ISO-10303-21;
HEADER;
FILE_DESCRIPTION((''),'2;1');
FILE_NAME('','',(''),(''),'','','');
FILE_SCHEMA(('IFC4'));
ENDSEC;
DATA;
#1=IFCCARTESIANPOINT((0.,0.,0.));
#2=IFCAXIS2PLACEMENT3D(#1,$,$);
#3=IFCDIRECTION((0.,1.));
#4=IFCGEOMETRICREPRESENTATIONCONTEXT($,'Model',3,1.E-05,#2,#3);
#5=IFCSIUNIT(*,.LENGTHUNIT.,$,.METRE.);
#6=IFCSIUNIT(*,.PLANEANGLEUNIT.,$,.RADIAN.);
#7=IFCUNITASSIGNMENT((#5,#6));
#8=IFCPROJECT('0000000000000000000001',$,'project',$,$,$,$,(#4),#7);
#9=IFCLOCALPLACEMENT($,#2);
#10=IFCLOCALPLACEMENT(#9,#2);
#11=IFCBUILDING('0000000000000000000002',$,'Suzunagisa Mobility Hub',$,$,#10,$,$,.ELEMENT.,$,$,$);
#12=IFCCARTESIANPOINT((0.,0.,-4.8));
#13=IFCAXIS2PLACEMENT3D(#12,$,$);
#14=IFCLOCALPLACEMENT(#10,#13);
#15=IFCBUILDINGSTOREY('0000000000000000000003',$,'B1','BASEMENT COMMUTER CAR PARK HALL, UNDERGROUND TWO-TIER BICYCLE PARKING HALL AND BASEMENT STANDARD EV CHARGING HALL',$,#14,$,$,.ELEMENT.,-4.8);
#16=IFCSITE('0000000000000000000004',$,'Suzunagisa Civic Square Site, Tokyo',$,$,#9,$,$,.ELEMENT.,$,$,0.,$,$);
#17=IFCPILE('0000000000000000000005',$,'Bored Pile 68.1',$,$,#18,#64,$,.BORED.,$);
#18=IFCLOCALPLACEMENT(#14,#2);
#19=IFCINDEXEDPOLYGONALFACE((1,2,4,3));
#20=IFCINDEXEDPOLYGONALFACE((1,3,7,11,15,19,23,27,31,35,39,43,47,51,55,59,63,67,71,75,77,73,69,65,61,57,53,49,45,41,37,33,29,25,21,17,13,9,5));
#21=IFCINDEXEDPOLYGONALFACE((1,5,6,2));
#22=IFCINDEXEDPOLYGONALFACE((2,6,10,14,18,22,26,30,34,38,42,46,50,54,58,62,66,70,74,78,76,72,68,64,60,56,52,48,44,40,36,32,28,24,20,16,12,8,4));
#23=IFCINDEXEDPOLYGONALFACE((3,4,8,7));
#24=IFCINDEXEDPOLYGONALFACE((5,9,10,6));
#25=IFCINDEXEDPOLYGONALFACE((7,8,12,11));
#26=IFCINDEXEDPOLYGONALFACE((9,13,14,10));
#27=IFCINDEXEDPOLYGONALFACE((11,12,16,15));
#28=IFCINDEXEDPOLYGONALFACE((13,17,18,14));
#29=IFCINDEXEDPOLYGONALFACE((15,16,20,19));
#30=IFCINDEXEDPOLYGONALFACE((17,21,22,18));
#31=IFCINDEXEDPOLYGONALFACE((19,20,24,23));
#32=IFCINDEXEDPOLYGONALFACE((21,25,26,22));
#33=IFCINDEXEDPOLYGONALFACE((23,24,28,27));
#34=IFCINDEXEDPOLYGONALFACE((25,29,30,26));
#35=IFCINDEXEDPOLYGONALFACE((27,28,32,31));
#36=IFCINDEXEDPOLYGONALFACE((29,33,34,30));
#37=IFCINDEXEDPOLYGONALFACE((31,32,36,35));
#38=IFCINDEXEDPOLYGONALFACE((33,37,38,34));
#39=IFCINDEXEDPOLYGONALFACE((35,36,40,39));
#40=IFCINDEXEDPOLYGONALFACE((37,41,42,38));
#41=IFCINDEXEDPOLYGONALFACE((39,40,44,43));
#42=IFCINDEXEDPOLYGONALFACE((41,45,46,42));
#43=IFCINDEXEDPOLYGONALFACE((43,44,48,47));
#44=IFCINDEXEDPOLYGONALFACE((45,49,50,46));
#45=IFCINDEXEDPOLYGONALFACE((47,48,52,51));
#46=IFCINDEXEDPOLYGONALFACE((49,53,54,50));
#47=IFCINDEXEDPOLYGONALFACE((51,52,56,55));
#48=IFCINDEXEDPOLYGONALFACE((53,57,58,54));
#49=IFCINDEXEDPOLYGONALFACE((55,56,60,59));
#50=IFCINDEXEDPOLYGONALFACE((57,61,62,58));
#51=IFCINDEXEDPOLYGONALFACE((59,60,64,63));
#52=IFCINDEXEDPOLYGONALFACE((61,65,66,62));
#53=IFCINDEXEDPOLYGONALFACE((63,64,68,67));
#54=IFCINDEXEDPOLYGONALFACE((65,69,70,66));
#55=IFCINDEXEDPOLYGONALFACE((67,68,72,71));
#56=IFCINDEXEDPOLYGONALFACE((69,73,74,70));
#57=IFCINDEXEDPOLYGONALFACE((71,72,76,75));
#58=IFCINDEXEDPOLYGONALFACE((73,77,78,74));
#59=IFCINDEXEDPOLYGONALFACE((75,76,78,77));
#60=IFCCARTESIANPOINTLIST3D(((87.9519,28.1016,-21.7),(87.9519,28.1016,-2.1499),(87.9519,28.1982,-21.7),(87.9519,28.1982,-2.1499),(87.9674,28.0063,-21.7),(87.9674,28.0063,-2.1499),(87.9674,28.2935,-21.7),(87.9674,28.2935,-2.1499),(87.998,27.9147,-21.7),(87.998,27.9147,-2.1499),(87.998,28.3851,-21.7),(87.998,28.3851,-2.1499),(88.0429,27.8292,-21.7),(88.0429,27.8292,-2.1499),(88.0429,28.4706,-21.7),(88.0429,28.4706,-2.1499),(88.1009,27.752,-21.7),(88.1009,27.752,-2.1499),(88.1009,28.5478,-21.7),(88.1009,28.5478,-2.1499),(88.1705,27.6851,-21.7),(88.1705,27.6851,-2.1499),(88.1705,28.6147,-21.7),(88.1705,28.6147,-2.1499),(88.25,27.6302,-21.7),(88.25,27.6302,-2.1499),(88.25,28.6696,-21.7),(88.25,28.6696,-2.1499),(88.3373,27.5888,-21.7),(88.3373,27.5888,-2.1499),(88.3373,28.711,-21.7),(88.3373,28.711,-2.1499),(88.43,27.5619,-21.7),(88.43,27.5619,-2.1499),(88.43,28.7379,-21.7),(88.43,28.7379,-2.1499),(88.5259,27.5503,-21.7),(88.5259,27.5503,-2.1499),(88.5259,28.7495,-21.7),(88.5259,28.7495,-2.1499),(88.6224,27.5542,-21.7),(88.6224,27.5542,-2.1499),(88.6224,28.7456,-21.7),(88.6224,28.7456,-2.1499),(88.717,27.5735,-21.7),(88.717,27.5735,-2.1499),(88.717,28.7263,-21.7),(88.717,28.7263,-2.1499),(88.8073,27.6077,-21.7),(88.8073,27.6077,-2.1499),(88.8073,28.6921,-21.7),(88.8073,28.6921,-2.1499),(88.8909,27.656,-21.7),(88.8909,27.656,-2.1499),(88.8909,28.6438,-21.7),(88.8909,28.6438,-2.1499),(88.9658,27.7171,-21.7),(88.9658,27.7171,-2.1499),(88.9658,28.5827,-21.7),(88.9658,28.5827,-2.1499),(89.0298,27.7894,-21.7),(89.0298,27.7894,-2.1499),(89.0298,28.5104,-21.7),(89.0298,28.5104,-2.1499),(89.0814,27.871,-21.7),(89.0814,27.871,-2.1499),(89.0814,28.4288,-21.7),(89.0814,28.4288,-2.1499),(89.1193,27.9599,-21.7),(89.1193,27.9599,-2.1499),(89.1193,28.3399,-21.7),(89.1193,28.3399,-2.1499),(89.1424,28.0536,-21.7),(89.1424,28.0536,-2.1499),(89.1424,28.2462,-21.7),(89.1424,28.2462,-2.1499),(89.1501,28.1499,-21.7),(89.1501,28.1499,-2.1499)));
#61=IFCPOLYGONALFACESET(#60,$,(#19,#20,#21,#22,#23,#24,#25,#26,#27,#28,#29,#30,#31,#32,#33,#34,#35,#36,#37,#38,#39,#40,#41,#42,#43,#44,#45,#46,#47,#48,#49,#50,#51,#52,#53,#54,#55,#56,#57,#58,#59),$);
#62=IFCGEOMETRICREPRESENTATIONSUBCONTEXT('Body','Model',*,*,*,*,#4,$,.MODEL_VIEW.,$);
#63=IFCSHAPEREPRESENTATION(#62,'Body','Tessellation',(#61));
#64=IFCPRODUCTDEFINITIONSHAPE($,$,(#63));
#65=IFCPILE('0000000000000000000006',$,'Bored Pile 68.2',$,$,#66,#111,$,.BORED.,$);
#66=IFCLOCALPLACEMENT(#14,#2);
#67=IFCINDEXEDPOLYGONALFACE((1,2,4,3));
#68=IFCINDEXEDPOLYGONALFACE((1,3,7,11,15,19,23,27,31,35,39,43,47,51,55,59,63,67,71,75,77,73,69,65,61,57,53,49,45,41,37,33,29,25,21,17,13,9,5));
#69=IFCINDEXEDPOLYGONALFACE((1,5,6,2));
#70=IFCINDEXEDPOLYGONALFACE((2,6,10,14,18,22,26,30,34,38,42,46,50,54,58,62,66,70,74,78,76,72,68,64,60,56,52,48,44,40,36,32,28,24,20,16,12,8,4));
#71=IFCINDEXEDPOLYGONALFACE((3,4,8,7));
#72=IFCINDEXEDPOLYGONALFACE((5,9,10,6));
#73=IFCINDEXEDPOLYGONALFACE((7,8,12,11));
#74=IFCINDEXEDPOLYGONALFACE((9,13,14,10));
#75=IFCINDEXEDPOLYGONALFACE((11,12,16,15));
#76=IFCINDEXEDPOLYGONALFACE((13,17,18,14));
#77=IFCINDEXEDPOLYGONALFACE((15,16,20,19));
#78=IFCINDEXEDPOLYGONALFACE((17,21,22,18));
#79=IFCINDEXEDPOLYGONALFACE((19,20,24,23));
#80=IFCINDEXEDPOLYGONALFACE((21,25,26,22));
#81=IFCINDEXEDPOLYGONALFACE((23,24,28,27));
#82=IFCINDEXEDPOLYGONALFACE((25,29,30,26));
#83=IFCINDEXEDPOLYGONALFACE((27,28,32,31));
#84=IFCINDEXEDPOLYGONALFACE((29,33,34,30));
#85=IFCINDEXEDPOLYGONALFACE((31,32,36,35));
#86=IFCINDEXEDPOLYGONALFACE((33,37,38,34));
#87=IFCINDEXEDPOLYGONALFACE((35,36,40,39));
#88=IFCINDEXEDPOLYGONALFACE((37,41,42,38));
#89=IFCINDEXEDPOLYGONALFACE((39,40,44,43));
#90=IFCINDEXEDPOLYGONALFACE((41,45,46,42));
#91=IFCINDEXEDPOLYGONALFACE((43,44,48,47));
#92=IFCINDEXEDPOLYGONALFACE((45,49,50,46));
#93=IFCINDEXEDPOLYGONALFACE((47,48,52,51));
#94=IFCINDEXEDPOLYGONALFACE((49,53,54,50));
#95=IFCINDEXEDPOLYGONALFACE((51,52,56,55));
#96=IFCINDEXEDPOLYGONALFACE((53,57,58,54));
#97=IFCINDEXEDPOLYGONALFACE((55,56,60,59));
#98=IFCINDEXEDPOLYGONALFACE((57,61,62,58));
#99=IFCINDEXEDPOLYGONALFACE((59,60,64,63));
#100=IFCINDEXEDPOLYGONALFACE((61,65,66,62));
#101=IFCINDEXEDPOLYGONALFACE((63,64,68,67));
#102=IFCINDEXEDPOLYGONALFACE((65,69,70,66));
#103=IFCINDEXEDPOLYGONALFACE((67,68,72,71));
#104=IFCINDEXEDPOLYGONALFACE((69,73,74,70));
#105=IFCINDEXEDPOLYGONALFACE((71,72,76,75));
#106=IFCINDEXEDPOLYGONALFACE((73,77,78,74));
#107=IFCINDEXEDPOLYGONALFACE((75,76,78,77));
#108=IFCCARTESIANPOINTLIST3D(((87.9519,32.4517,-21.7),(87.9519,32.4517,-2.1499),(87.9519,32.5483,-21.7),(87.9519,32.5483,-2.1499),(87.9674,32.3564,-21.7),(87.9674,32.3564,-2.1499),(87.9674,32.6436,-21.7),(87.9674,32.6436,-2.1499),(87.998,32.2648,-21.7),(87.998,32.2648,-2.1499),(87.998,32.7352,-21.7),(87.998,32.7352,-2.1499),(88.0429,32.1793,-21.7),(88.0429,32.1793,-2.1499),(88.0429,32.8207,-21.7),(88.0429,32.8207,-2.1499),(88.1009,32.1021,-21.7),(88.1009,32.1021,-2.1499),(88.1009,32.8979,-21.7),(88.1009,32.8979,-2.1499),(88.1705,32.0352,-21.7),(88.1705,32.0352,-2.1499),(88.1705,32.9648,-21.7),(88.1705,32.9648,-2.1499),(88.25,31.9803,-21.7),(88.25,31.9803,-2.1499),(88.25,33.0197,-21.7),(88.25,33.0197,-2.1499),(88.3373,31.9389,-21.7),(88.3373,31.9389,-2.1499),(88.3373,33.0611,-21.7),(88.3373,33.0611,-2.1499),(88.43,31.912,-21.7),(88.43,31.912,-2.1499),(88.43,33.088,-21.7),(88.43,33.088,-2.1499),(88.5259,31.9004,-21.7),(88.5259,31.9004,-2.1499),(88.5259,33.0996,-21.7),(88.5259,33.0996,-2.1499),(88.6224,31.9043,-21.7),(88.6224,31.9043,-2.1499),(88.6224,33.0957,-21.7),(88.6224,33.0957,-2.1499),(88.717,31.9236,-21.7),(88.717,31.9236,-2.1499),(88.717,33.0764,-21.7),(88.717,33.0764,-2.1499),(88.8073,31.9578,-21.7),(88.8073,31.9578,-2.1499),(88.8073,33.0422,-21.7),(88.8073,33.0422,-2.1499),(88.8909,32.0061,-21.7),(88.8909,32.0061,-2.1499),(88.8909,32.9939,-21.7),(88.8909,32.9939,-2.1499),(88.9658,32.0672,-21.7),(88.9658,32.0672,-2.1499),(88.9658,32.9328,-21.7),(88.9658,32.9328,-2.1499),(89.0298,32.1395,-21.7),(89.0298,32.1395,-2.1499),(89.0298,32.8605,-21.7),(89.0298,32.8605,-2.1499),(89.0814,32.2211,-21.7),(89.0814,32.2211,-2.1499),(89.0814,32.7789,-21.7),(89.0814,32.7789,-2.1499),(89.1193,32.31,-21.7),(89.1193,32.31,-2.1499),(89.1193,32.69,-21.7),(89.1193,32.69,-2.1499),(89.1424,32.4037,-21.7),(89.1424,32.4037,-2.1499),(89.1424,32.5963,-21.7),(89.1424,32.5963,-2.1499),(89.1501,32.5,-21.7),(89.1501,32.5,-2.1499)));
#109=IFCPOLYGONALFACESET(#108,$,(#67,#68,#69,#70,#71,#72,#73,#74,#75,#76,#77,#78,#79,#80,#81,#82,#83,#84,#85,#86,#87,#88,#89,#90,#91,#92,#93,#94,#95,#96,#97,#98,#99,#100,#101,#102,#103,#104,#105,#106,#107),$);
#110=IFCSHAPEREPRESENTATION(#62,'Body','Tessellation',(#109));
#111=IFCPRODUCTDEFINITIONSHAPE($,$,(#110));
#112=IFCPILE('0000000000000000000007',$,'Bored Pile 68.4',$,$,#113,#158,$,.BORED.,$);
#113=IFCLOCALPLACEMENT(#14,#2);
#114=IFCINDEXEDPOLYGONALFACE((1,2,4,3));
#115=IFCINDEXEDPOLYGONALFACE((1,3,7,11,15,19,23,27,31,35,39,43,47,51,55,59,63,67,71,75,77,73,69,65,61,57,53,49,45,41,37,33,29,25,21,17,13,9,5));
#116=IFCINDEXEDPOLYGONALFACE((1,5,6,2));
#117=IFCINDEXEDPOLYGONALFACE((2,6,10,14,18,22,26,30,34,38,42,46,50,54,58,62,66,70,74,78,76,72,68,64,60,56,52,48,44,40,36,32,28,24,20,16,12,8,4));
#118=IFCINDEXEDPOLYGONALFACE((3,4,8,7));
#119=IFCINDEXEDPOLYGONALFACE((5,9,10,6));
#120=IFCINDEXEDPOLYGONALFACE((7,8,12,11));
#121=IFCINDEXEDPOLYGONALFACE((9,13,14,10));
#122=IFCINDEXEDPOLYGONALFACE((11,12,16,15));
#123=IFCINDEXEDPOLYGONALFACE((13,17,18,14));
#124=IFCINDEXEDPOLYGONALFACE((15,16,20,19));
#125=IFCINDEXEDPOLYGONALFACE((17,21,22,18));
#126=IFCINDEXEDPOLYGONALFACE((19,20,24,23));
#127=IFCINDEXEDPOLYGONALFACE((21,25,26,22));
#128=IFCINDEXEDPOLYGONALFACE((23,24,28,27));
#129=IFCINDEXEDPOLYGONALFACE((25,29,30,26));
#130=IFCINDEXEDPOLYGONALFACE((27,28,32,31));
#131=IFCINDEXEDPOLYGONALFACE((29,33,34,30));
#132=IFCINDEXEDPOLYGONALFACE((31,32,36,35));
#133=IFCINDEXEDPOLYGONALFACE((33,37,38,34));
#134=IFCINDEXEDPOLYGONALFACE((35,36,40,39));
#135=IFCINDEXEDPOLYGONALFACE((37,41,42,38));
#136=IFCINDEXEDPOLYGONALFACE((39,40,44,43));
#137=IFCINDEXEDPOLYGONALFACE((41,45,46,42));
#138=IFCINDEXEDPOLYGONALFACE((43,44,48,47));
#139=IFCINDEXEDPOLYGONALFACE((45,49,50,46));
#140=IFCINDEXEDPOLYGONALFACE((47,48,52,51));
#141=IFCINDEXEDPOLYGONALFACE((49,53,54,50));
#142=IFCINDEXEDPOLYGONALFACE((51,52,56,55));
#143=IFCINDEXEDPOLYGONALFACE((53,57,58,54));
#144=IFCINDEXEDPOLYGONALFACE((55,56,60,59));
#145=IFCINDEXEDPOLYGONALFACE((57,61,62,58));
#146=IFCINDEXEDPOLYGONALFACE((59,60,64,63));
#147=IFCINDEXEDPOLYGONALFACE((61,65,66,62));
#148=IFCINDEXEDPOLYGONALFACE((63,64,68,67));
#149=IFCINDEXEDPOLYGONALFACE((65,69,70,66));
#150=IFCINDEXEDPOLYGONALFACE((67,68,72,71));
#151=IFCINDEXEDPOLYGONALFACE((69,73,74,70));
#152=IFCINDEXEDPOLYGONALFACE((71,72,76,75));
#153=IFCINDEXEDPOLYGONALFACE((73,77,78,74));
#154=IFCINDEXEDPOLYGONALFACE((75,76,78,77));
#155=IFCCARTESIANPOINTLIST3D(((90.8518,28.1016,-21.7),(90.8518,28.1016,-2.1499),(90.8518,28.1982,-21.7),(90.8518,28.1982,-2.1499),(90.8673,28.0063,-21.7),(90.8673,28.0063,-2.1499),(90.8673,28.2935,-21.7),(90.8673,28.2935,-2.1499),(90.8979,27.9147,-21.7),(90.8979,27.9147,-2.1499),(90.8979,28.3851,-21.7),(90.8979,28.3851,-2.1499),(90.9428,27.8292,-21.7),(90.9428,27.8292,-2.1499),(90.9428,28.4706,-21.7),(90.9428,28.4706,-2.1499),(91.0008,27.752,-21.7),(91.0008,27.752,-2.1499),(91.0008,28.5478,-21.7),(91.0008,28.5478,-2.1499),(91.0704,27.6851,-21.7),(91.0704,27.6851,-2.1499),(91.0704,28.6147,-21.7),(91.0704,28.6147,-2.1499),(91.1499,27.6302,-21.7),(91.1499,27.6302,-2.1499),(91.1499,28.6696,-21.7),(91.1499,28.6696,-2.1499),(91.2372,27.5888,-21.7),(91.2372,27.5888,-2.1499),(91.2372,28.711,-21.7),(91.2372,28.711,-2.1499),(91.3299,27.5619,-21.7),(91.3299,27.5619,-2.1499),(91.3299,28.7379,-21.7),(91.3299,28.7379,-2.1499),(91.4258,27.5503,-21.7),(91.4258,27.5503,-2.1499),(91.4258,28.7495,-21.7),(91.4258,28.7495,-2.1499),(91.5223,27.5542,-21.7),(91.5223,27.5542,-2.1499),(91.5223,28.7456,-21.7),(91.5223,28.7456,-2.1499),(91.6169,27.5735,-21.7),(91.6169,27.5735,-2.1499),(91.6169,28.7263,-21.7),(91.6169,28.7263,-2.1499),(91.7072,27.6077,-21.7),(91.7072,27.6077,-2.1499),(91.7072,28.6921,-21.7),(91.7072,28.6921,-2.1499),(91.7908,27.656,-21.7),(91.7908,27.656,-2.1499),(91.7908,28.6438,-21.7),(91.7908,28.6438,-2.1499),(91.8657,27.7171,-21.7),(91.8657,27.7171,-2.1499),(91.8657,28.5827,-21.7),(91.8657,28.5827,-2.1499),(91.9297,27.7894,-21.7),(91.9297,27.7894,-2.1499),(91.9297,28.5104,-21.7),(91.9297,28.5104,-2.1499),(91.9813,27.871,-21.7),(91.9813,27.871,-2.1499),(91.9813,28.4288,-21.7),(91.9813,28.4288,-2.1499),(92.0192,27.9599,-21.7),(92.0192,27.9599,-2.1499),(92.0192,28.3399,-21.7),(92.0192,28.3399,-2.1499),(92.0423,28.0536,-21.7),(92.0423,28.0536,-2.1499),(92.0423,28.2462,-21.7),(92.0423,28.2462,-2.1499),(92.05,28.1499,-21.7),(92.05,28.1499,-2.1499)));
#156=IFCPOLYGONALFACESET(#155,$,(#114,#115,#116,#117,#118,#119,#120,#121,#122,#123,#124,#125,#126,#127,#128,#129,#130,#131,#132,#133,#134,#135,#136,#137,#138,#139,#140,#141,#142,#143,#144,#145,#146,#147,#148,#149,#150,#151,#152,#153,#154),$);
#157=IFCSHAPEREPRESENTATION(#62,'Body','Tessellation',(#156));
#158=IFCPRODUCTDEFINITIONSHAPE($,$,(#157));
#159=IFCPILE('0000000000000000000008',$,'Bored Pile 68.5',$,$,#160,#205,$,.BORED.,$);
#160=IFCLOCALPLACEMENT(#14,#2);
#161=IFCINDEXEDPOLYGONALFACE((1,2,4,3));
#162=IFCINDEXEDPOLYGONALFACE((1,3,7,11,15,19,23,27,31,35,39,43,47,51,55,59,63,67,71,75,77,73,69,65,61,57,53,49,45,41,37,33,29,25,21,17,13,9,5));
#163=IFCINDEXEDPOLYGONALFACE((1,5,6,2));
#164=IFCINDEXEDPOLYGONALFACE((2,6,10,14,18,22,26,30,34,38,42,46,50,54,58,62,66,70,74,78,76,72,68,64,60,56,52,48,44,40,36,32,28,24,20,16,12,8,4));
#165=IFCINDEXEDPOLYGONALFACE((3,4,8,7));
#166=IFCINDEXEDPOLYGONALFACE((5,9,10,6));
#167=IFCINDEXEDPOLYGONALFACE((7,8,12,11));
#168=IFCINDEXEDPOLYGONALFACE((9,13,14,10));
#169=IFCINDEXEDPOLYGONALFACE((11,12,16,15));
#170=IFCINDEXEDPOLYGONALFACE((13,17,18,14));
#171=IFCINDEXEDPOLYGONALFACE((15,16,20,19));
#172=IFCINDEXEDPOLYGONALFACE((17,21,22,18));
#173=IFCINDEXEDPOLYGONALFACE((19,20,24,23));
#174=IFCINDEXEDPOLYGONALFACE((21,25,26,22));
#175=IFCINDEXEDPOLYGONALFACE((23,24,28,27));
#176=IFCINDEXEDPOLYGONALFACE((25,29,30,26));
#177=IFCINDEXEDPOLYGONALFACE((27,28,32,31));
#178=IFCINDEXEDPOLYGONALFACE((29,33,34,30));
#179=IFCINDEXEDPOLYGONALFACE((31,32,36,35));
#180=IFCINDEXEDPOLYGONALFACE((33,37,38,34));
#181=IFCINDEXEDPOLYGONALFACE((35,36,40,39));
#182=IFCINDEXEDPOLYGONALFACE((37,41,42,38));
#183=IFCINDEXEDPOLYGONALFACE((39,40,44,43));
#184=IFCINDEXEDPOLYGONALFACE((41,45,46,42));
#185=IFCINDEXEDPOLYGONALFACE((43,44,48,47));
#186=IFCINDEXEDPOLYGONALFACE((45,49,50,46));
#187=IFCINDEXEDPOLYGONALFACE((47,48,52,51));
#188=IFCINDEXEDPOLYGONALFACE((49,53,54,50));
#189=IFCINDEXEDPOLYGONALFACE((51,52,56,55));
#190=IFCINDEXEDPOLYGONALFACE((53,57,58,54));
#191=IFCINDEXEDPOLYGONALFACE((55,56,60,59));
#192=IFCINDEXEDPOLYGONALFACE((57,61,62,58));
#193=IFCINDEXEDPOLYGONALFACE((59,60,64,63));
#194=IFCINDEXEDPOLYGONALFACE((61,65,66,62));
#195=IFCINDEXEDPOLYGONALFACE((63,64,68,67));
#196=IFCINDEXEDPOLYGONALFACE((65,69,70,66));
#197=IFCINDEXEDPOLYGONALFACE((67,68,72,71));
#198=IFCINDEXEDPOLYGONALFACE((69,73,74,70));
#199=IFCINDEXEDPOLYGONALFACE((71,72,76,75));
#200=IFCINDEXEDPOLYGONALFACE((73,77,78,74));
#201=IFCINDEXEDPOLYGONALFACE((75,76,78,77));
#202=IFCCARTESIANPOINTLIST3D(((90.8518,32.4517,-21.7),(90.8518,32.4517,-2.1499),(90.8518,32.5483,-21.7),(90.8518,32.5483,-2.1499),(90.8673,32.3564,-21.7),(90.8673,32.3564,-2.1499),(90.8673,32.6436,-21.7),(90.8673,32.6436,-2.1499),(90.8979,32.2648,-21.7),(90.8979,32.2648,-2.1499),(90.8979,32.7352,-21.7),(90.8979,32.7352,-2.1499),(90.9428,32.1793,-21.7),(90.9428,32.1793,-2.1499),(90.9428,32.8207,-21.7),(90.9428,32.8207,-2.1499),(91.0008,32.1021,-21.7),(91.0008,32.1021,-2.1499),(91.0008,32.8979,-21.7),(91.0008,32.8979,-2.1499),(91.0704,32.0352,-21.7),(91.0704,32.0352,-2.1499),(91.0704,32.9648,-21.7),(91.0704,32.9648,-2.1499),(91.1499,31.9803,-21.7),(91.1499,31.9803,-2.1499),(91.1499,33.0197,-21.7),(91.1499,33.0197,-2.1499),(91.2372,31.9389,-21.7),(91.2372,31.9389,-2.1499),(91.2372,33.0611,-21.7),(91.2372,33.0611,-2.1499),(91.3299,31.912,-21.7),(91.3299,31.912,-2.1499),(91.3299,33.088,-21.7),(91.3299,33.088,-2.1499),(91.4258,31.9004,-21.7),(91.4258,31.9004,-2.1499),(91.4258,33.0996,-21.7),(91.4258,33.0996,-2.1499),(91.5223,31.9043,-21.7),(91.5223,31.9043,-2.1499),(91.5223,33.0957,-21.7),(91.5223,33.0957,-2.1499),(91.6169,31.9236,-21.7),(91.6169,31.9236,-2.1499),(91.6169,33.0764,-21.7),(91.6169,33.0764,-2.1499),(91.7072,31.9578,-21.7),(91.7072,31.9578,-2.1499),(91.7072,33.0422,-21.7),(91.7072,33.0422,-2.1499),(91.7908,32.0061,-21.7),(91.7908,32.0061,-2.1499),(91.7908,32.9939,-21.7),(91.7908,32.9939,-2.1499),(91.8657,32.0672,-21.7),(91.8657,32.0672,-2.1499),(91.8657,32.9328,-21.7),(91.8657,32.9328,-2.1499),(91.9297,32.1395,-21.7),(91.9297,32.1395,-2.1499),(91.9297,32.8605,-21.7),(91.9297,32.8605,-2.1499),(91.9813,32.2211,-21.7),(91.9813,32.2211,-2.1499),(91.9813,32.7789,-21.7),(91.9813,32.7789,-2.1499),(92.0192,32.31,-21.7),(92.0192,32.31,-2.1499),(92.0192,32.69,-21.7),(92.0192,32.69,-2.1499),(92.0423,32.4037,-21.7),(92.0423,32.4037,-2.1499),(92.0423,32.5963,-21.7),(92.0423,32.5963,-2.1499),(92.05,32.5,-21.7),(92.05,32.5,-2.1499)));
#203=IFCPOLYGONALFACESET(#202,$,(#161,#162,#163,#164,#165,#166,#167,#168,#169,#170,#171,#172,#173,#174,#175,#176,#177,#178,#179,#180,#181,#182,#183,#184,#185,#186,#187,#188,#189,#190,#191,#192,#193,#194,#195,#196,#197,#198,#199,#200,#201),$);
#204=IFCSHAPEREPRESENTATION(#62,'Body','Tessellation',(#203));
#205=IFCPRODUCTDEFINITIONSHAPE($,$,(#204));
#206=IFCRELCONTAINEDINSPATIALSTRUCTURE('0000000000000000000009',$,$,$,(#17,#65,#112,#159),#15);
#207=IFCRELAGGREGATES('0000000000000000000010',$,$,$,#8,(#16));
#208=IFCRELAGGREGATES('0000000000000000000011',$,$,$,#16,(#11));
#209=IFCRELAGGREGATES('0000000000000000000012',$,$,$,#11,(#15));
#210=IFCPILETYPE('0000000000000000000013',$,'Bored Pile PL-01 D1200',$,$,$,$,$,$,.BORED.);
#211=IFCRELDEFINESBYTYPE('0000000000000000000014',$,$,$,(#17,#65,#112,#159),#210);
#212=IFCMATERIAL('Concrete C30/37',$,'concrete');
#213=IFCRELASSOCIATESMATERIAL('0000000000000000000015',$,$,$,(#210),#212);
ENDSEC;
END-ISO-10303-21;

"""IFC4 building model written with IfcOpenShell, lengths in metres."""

from ifc_helpers import new_model, si_unit, direction, frame, origin, origin_2d, place, context, subcontext, project, spatial, circle, extrude, material, material_profile, profile_set, type_object, element, save


model = new_model("IFC4")

# Units and contexts
model_context = context("Model", 3, precision=1e-05, world=origin(), true_north=direction((0.0, 1.0)))
body_context = subcontext(model_context, "Body", "Model", "MODEL_VIEW")
ifc_project = project(units=[si_unit("LENGTHUNIT", "METRE"), si_unit("PLANEANGLEUNIT", "RADIAN")], contexts=[model_context])

# Site, building, storey
site_placement = place(None, origin())
site = spatial("IfcSite", under=ifc_project, at=site_placement, Name="Suzunagisa Civic Square Site, Tokyo", CompositionType="ELEMENT", RefElevation=0.0)
building_placement = place(site_placement, origin())
building = spatial("IfcBuilding", under=site, at=building_placement, Name="Suzunagisa Mobility Hub", CompositionType="ELEMENT")
storey_placement = place(building_placement, frame((0.0, 0.0, -4.8)))
storey = spatial("IfcBuildingStorey", under=building, at=storey_placement, Name="B1", Description="BASEMENT COMMUTER CAR PARK HALL, UNDERGROUND TWO-TIER BICYCLE PARKING HALL AND BASEMENT STANDARD EV CHARGING HALL", CompositionType="ELEMENT", Elevation=-4.8)

# Piles
ifc_material_1 = material(Name="Concrete C30/37", Category="concrete")
ifc_material_profile_1 = material_profile(ifc_material_1, circle(Radius=0.6001, at=origin_2d()), Name="BORED PILE D1200")
ifc_profile_set_1 = profile_set([ifc_material_profile_1], Name="Concrete C30/37")
pile_type = type_object("IfcPileType", Name="Bored Pile PL-01 D1200", PredefinedType="BORED", material=ifc_profile_set_1)
for number, where, z_axis, x_axis, name in (
    (1, (88.55, 28.1499, -2.1499), (0.0, 0.0, -1.0), (1.0, 0.0, 0.0), "Bored Pile 68.1"),
    (2, (88.55, 32.5, -2.1499), (0.0, 0.0, -1.0), (1.0, 0.0, 0.0), "Bored Pile 68.2"),
    (3, (91.45, 28.1499, -2.1499), (0.0, 0.0, -1.0), (1.0, 0.0, 0.0), "Bored Pile 68.4"),
    (4, (91.45, 32.5, -2.1499), (0.0, 0.0, -1.0), (1.0, 0.0, 0.0), "Bored Pile 68.5"),
):
    element("IfcPile", number, at=place(storey_placement, frame(where, z_axis=z_axis, x_axis=x_axis)), inside=storey, type_object=pile_type, Name=name, PredefinedType="BORED", context=body_context, shape_type="SweptSolid", body=[
        extrude(circle(Radius=0.6001, at=origin_2d()), origin(), (0.0, 0.0, 1.0), 19.55),
    ])

save(model, "model.ifc")
